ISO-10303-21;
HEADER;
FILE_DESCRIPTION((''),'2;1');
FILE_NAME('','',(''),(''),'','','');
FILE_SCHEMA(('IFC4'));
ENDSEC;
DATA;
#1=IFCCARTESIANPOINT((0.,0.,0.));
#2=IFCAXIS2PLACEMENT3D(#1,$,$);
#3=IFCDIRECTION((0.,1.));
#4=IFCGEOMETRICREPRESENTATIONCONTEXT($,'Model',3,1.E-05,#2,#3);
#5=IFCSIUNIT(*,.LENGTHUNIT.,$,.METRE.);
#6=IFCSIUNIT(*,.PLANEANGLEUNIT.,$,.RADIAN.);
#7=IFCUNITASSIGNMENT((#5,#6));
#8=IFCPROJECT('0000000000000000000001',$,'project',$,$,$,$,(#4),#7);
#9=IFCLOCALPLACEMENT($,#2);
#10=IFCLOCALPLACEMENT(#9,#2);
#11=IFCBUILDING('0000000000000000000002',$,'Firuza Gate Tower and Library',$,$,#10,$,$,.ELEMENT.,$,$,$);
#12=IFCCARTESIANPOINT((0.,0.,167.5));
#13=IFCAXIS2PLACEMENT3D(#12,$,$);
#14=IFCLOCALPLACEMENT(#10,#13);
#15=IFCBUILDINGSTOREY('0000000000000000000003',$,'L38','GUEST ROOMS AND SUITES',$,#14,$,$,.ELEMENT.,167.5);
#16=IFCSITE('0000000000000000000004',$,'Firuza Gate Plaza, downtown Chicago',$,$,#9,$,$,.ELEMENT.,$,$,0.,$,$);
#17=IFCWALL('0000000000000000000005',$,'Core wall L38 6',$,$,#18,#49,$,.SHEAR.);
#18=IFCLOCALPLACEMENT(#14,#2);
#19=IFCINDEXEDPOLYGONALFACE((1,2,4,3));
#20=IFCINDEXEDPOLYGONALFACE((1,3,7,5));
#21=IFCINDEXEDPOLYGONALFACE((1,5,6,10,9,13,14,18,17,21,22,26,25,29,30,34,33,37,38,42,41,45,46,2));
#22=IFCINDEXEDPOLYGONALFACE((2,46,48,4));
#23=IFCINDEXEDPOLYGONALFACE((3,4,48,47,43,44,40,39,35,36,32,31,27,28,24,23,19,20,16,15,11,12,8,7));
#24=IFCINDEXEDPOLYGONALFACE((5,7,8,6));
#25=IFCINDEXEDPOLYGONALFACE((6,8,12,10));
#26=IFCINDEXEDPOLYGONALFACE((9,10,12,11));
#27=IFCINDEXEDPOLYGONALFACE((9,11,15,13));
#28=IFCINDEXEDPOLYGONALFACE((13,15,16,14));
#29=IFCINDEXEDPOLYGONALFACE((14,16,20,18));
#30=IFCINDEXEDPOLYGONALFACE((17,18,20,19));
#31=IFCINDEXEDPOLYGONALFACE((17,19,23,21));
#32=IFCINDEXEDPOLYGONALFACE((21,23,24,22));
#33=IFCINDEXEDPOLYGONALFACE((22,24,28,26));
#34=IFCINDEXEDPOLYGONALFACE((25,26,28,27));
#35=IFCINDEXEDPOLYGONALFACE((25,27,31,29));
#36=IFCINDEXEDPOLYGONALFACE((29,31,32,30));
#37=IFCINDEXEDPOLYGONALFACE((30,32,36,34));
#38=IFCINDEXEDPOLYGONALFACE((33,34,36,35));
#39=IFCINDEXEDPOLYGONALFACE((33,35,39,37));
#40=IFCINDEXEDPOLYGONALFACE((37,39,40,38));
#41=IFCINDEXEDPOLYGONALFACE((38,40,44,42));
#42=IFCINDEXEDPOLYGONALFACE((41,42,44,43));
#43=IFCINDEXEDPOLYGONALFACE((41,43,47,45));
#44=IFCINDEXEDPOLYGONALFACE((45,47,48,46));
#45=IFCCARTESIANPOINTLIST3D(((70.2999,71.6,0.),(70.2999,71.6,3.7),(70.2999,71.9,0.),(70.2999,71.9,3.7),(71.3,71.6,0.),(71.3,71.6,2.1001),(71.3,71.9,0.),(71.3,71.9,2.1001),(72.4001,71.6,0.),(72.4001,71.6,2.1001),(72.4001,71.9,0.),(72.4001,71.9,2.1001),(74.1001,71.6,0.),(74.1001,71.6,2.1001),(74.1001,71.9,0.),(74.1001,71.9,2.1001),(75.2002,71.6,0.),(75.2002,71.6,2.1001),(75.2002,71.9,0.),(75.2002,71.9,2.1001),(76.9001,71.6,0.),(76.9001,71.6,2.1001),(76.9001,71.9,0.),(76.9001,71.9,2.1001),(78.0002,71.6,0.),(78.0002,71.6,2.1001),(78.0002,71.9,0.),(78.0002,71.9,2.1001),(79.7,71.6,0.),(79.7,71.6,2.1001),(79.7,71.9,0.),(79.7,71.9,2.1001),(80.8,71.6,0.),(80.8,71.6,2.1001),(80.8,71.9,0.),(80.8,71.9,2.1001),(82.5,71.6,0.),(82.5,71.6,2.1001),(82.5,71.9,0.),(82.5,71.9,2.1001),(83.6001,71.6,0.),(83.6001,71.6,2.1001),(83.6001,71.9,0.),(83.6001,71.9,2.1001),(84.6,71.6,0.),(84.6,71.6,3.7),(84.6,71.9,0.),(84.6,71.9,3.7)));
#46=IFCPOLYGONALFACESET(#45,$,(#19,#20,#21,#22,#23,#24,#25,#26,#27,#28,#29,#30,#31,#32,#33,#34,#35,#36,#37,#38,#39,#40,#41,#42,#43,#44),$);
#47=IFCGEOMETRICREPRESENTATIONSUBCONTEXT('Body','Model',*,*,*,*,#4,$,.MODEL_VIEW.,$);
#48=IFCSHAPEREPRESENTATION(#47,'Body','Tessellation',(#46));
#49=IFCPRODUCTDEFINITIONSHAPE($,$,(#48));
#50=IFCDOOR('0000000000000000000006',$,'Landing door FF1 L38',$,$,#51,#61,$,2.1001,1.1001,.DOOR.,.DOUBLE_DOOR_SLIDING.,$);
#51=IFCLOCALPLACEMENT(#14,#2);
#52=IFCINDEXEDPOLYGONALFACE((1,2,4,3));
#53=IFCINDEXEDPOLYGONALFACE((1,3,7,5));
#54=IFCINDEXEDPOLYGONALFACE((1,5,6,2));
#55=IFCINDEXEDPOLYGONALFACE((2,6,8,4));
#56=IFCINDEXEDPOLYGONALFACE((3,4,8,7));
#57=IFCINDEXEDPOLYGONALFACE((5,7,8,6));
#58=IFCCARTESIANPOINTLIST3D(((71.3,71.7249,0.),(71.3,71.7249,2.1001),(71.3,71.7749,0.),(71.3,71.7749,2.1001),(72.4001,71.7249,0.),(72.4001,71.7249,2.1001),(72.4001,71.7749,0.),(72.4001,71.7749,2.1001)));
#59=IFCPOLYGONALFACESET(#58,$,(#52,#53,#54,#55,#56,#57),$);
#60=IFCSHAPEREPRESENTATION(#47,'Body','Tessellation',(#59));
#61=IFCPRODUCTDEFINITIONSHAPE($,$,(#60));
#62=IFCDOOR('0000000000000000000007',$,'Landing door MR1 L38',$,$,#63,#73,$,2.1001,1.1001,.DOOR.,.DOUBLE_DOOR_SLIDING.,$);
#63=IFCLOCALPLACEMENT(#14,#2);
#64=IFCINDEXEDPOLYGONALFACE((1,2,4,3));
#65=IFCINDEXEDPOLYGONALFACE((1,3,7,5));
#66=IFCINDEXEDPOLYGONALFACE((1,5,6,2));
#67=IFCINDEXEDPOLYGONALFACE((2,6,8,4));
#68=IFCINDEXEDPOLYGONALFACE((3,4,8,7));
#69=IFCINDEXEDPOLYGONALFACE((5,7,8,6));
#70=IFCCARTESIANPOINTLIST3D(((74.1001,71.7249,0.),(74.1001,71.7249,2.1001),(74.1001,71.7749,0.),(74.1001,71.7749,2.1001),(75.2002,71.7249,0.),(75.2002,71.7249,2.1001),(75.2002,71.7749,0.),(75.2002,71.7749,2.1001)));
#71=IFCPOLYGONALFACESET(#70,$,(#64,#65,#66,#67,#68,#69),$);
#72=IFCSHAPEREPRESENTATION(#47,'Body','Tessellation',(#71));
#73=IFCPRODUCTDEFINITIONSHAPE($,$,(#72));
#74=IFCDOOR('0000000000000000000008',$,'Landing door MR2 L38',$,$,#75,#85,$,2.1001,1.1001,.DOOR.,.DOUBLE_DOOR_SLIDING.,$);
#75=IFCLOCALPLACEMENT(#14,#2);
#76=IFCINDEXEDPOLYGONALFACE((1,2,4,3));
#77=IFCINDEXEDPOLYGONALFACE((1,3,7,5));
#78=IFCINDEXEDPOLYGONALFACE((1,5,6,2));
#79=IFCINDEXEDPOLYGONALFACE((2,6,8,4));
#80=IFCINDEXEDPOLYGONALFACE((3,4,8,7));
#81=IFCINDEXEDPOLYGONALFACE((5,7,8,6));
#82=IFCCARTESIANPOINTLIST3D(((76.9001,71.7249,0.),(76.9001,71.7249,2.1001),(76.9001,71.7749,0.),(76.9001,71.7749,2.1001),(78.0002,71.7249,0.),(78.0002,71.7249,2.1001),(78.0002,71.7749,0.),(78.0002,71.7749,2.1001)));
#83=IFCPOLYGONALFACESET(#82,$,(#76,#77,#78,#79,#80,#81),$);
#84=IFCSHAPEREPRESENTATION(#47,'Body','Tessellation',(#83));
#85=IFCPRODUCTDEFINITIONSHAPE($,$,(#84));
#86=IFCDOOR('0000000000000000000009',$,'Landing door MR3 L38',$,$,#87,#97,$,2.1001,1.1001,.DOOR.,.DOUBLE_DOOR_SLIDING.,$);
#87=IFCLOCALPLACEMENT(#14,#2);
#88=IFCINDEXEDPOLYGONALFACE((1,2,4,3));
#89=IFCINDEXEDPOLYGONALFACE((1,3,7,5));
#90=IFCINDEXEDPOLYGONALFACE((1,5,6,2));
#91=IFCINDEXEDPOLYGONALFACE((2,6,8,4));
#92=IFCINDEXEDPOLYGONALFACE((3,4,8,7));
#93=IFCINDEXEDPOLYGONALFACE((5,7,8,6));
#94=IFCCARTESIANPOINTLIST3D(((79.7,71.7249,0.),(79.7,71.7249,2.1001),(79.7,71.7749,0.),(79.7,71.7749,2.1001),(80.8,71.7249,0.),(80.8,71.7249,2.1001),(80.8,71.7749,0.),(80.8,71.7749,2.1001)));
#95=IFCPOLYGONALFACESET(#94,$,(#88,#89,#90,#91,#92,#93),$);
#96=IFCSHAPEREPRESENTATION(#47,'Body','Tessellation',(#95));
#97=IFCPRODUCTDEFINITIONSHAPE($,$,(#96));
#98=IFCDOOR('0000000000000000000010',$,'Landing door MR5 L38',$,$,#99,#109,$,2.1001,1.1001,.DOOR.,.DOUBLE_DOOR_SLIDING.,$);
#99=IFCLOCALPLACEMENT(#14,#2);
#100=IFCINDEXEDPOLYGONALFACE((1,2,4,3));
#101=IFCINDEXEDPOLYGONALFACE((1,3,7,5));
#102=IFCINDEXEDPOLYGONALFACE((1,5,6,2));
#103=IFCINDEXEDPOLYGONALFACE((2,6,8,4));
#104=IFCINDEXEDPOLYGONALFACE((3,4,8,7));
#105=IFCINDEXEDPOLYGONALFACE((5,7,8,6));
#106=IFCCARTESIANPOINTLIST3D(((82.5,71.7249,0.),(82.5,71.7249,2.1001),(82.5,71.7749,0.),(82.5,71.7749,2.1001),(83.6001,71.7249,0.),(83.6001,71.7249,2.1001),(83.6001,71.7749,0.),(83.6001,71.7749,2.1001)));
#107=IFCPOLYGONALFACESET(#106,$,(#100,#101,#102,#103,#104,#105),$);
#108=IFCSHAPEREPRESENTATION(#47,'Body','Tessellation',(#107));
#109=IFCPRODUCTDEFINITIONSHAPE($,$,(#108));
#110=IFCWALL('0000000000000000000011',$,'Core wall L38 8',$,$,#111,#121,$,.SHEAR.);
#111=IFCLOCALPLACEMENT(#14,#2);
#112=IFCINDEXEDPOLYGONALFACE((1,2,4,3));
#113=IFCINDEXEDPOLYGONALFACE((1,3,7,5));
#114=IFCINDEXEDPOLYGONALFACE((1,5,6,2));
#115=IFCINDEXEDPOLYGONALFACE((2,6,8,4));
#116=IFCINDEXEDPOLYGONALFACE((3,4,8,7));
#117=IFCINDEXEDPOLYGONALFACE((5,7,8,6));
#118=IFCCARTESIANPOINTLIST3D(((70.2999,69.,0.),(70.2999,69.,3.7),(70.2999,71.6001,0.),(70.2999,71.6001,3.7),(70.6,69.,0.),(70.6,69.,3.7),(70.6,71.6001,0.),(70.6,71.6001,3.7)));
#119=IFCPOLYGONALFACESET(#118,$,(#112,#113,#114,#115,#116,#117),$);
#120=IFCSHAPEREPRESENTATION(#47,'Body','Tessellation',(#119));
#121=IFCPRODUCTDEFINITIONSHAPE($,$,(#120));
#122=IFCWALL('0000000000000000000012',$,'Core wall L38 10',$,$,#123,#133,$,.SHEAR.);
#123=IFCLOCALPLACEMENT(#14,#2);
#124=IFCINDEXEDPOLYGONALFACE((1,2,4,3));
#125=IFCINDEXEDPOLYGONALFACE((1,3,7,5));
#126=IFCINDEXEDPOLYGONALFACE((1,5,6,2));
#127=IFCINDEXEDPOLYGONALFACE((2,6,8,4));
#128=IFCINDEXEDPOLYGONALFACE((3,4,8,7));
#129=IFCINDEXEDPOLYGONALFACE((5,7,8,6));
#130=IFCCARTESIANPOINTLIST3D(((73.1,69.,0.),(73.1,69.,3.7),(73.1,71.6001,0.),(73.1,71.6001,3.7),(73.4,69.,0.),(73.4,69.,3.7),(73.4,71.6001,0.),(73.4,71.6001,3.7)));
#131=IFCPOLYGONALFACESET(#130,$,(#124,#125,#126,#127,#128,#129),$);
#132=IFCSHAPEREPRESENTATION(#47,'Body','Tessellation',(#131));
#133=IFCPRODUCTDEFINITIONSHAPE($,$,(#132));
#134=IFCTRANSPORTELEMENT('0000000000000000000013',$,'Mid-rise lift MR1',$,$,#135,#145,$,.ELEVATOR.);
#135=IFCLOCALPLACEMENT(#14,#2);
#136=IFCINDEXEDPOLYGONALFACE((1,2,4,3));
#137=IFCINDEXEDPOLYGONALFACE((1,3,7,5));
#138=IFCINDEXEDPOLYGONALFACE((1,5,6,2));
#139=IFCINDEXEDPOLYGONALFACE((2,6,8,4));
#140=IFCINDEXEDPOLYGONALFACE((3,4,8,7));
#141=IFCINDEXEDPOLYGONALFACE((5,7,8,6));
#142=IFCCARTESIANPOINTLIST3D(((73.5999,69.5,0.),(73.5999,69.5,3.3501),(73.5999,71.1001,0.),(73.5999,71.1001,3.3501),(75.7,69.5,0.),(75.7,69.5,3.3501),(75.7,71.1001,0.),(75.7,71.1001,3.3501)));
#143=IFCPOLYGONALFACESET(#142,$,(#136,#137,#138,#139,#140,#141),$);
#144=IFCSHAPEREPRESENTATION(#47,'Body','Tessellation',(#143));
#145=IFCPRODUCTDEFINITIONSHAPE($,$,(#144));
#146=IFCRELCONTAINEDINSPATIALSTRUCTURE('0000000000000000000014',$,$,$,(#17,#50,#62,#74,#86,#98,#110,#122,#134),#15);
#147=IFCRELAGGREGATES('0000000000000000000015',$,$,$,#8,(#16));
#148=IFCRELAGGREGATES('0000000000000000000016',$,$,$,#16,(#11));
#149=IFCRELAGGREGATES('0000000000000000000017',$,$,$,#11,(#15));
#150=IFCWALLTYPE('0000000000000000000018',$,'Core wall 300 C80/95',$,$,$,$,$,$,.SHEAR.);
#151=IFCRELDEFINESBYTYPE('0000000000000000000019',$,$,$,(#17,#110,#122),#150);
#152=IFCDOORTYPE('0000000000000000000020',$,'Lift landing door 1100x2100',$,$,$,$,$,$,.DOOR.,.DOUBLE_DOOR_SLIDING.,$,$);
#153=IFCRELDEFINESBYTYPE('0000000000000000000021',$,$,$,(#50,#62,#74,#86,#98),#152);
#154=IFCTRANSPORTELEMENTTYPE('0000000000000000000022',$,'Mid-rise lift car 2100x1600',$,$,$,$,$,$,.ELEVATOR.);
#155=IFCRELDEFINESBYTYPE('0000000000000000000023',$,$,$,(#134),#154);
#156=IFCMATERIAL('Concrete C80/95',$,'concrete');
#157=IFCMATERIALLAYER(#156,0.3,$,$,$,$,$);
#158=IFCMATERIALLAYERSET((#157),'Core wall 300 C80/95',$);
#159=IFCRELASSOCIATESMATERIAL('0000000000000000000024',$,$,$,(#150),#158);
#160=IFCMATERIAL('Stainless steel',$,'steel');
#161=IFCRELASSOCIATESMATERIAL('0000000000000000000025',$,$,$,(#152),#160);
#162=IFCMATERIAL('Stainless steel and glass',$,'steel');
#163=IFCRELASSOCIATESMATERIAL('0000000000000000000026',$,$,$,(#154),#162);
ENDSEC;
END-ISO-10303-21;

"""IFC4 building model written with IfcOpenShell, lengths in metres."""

from ifc_helpers import new_model, si_unit, direction, frame, frame_2d, origin, origin_2d, place, context, subcontext, project, spatial, rectangle, extrude, material, layer, layer_set, type_object, element, fill, save


model = new_model("IFC4")

# Units and contexts
model_context = context("Model", 3, precision=1e-05, world=origin(), true_north=direction((0.0, 1.0)))
body_context = subcontext(model_context, "Body", "Model", "MODEL_VIEW")
ifc_project = project(units=[si_unit("LENGTHUNIT", "METRE"), si_unit("PLANEANGLEUNIT", "RADIAN")], contexts=[model_context])

# Site, building, storey
site_placement = place(None, origin())
site = spatial("IfcSite", under=ifc_project, at=site_placement, Name="Firuza Gate Plaza, downtown Chicago", CompositionType="ELEMENT", RefElevation=0.0)
building_placement = place(site_placement, origin())
building = spatial("IfcBuilding", under=site, at=building_placement, Name="Firuza Gate Tower and Library", CompositionType="ELEMENT")
storey_placement = place(building_placement, frame((0.0, 0.0, 167.5)))
storey = spatial("IfcBuildingStorey", under=building, at=storey_placement, Name="L38", Description="GUEST ROOMS AND SUITES", CompositionType="ELEMENT", Elevation=167.5)

# Shared definitions
ifc_material_1 = material(Name="Concrete C80/95", Category="concrete")
ifc_layer_1 = layer(ifc_material_1, 0.3)
ifc_layer_set_1 = layer_set([ifc_layer_1], Name="Core wall 300 C80/95")
wall_type_1 = type_object("IfcWallType", Name="Core wall 300 C80/95", PredefinedType="SHEAR", material=ifc_layer_set_1)

# Wall, openings, doors
wall_1_placement = place(storey_placement, frame((70.3, 71.75, 0.0), z_axis=(0.0, 0.0, 1.0), x_axis=(1.0, 0.0, 0.0)))
wall_1 = element("IfcWall", 1, at=wall_1_placement, inside=storey, type_object=wall_type_1, Name="Core wall L38 6", PredefinedType="SHEAR", context=body_context, shape_type="SweptSolid", body=[
    extrude(rectangle(XDim=14.3, YDim=0.3, at=frame_2d((7.1499, 0.0))), origin(), (0.0, 0.0, 1.0), 3.7),
])
opening_1_placement = place(wall_1_placement, frame((1.0, 0.0, 0.0)))
opening_1 = element("IfcOpeningElement", 2, at=opening_1_placement, cuts=wall_1, PredefinedType="OPENING", context=body_context, shape_type="SweptSolid", body=[
    extrude(rectangle(XDim=1.1001, YDim=2.1001, at=frame_2d((0.55, 1.05))), frame((0.0, 0.1602, 0.0), z_axis=(0.0, -1.0, 0.0), x_axis=(1.0, 0.0, 0.0)), (0.0, 0.0, 1.0), 0.3201),
])
opening_2_placement = place(wall_1_placement, frame((3.8, 0.0, 0.0)))
opening_2 = element("IfcOpeningElement", 3, at=opening_2_placement, cuts=wall_1, PredefinedType="OPENING", context=body_context, shape_type="SweptSolid", body=[
    extrude(rectangle(XDim=1.1001, YDim=2.1001, at=frame_2d((0.55, 1.05))), frame((0.0, 0.1602, 0.0), z_axis=(0.0, -1.0, 0.0), x_axis=(1.0, 0.0, 0.0)), (0.0, 0.0, 1.0), 0.3201),
])
opening_3_placement = place(wall_1_placement, frame((6.6001, 0.0, 0.0)))
opening_3 = element("IfcOpeningElement", 4, at=opening_3_placement, cuts=wall_1, PredefinedType="OPENING", context=body_context, shape_type="SweptSolid", body=[
    extrude(rectangle(XDim=1.1001, YDim=2.1001, at=frame_2d((0.55, 1.05))), frame((0.0, 0.1602, 0.0), z_axis=(0.0, -1.0, 0.0), x_axis=(1.0, 0.0, 0.0)), (0.0, 0.0, 1.0), 0.3201),
])
opening_4_placement = place(wall_1_placement, frame((9.3999, 0.0, 0.0)))
opening_4 = element("IfcOpeningElement", 5, at=opening_4_placement, cuts=wall_1, PredefinedType="OPENING", context=body_context, shape_type="SweptSolid", body=[
    extrude(rectangle(XDim=1.1001, YDim=2.1001, at=frame_2d((0.55, 1.05))), frame((0.0, 0.1602, 0.0), z_axis=(0.0, -1.0, 0.0), x_axis=(1.0, 0.0, 0.0)), (0.0, 0.0, 1.0), 0.3201),
])
opening_5_placement = place(wall_1_placement, frame((12.2, 0.0, 0.0)))
opening_5 = element("IfcOpeningElement", 6, at=opening_5_placement, cuts=wall_1, PredefinedType="OPENING", context=body_context, shape_type="SweptSolid", body=[
    extrude(rectangle(XDim=1.1001, YDim=2.1001, at=frame_2d((0.55, 1.05))), frame((0.0, 0.1602, 0.0), z_axis=(0.0, -1.0, 0.0), x_axis=(1.0, 0.0, 0.0)), (0.0, 0.0, 1.0), 0.3201),
])
ifc_material_2 = material(Name="Stainless steel", Category="steel")
door_type_1 = type_object("IfcDoorType", Name="Lift landing door 1100x2100", OperationType="DOUBLE_DOOR_SLIDING", PredefinedType="DOOR", material=ifc_material_2)
door_1_placement = place(opening_1_placement, origin())
door_1 = element("IfcDoor", 7, at=door_1_placement, inside=storey, type_object=door_type_1, Name="Landing door FF1 L38", OperationType="DOUBLE_DOOR_SLIDING", OverallHeight=2.1001, OverallWidth=1.1001, PredefinedType="DOOR", context=body_context, shape_type="SweptSolid", body=[
    extrude(rectangle(XDim=1.1001, YDim=2.1001, at=frame_2d((0.55, 1.05))), frame((0.0, 0.0249, 0.0), z_axis=(0.0, -1.0, 0.0), x_axis=(1.0, 0.0, 0.0)), (0.0, 0.0, 1.0), 0.05),
])
fill(opening_1, door_1)
door_2_placement = place(opening_2_placement, origin())
door_2 = element("IfcDoor", 8, at=door_2_placement, inside=storey, type_object=door_type_1, Name="Landing door MR1 L38", OperationType="DOUBLE_DOOR_SLIDING", OverallHeight=2.1001, OverallWidth=1.1001, PredefinedType="DOOR", context=body_context, shape_type="SweptSolid", body=[
    extrude(rectangle(XDim=1.1001, YDim=2.1001, at=frame_2d((0.55, 1.05))), frame((0.0, 0.0249, 0.0), z_axis=(0.0, -1.0, 0.0), x_axis=(1.0, 0.0, 0.0)), (0.0, 0.0, 1.0), 0.05),
])
fill(opening_2, door_2)
door_3_placement = place(opening_3_placement, origin())
door_3 = element("IfcDoor", 9, at=door_3_placement, inside=storey, type_object=door_type_1, Name="Landing door MR2 L38", OperationType="DOUBLE_DOOR_SLIDING", OverallHeight=2.1001, OverallWidth=1.1001, PredefinedType="DOOR", context=body_context, shape_type="SweptSolid", body=[
    extrude(rectangle(XDim=1.1001, YDim=2.1001, at=frame_2d((0.55, 1.05))), frame((0.0, 0.0249, 0.0), z_axis=(0.0, -1.0, 0.0), x_axis=(1.0, 0.0, 0.0)), (0.0, 0.0, 1.0), 0.05),
])
fill(opening_3, door_3)
door_4_placement = place(opening_4_placement, origin())
door_4 = element("IfcDoor", 10, at=door_4_placement, inside=storey, type_object=door_type_1, Name="Landing door MR3 L38", OperationType="DOUBLE_DOOR_SLIDING", OverallHeight=2.1001, OverallWidth=1.1001, PredefinedType="DOOR", context=body_context, shape_type="SweptSolid", body=[
    extrude(rectangle(XDim=1.1001, YDim=2.1001, at=frame_2d((0.55, 1.05))), frame((0.0, 0.0249, 0.0), z_axis=(0.0, -1.0, 0.0), x_axis=(1.0, 0.0, 0.0)), (0.0, 0.0, 1.0), 0.05),
])
fill(opening_4, door_4)
door_5_placement = place(opening_5_placement, origin())
door_5 = element("IfcDoor", 11, at=door_5_placement, inside=storey, type_object=door_type_1, Name="Landing door MR5 L38", OperationType="DOUBLE_DOOR_SLIDING", OverallHeight=2.1001, OverallWidth=1.1001, PredefinedType="DOOR", context=body_context, shape_type="SweptSolid", body=[
    extrude(rectangle(XDim=1.1001, YDim=2.1001, at=frame_2d((0.55, 1.05))), frame((0.0, 0.0249, 0.0), z_axis=(0.0, -1.0, 0.0), x_axis=(1.0, 0.0, 0.0)), (0.0, 0.0, 1.0), 0.05),
])
fill(opening_5, door_5)

# Walls
for number, where, z_axis, x_axis, name in (
    (12, (70.45, 69.0, 0.0), (0.0, 0.0, 1.0), (0.0, 1.0, 0.0), "Core wall L38 8"),
    (13, (73.25, 69.0, 0.0), (0.0, 0.0, 1.0), (0.0, 1.0, 0.0), "Core wall L38 10"),
):
    element("IfcWall", number, at=place(storey_placement, frame(where, z_axis=z_axis, x_axis=x_axis)), inside=storey, type_object=wall_type_1, Name=name, PredefinedType="SHEAR", context=body_context, shape_type="SweptSolid", body=[
        extrude(rectangle(XDim=2.6001, YDim=0.3, at=frame_2d((1.3, 0.0))), origin(), (0.0, 0.0, 1.0), 3.7),
    ])

# Transport element
ifc_material_3 = material(Name="Stainless steel and glass", Category="steel")
transport_element_type = type_object("IfcTransportElementType", Name="Mid-rise lift car 2100x1600", PredefinedType="ELEVATOR", material=ifc_material_3)
transport_element_placement = place(storey_placement, frame((74.6499, 70.3, 0.0), z_axis=(0.0, 0.0, 1.0), x_axis=(1.0, 0.0, 0.0)))
element("IfcTransportElement", 14, at=transport_element_placement, inside=storey, type_object=transport_element_type, Name="Mid-rise lift MR1", PredefinedType="ELEVATOR", context=body_context, shape_type="SweptSolid", body=[
    extrude(rectangle(XDim=2.1001, YDim=1.6001, at=origin_2d()), origin(), (0.0, 0.0, 1.0), 3.3501),
])

save(model, "model.ifc")
